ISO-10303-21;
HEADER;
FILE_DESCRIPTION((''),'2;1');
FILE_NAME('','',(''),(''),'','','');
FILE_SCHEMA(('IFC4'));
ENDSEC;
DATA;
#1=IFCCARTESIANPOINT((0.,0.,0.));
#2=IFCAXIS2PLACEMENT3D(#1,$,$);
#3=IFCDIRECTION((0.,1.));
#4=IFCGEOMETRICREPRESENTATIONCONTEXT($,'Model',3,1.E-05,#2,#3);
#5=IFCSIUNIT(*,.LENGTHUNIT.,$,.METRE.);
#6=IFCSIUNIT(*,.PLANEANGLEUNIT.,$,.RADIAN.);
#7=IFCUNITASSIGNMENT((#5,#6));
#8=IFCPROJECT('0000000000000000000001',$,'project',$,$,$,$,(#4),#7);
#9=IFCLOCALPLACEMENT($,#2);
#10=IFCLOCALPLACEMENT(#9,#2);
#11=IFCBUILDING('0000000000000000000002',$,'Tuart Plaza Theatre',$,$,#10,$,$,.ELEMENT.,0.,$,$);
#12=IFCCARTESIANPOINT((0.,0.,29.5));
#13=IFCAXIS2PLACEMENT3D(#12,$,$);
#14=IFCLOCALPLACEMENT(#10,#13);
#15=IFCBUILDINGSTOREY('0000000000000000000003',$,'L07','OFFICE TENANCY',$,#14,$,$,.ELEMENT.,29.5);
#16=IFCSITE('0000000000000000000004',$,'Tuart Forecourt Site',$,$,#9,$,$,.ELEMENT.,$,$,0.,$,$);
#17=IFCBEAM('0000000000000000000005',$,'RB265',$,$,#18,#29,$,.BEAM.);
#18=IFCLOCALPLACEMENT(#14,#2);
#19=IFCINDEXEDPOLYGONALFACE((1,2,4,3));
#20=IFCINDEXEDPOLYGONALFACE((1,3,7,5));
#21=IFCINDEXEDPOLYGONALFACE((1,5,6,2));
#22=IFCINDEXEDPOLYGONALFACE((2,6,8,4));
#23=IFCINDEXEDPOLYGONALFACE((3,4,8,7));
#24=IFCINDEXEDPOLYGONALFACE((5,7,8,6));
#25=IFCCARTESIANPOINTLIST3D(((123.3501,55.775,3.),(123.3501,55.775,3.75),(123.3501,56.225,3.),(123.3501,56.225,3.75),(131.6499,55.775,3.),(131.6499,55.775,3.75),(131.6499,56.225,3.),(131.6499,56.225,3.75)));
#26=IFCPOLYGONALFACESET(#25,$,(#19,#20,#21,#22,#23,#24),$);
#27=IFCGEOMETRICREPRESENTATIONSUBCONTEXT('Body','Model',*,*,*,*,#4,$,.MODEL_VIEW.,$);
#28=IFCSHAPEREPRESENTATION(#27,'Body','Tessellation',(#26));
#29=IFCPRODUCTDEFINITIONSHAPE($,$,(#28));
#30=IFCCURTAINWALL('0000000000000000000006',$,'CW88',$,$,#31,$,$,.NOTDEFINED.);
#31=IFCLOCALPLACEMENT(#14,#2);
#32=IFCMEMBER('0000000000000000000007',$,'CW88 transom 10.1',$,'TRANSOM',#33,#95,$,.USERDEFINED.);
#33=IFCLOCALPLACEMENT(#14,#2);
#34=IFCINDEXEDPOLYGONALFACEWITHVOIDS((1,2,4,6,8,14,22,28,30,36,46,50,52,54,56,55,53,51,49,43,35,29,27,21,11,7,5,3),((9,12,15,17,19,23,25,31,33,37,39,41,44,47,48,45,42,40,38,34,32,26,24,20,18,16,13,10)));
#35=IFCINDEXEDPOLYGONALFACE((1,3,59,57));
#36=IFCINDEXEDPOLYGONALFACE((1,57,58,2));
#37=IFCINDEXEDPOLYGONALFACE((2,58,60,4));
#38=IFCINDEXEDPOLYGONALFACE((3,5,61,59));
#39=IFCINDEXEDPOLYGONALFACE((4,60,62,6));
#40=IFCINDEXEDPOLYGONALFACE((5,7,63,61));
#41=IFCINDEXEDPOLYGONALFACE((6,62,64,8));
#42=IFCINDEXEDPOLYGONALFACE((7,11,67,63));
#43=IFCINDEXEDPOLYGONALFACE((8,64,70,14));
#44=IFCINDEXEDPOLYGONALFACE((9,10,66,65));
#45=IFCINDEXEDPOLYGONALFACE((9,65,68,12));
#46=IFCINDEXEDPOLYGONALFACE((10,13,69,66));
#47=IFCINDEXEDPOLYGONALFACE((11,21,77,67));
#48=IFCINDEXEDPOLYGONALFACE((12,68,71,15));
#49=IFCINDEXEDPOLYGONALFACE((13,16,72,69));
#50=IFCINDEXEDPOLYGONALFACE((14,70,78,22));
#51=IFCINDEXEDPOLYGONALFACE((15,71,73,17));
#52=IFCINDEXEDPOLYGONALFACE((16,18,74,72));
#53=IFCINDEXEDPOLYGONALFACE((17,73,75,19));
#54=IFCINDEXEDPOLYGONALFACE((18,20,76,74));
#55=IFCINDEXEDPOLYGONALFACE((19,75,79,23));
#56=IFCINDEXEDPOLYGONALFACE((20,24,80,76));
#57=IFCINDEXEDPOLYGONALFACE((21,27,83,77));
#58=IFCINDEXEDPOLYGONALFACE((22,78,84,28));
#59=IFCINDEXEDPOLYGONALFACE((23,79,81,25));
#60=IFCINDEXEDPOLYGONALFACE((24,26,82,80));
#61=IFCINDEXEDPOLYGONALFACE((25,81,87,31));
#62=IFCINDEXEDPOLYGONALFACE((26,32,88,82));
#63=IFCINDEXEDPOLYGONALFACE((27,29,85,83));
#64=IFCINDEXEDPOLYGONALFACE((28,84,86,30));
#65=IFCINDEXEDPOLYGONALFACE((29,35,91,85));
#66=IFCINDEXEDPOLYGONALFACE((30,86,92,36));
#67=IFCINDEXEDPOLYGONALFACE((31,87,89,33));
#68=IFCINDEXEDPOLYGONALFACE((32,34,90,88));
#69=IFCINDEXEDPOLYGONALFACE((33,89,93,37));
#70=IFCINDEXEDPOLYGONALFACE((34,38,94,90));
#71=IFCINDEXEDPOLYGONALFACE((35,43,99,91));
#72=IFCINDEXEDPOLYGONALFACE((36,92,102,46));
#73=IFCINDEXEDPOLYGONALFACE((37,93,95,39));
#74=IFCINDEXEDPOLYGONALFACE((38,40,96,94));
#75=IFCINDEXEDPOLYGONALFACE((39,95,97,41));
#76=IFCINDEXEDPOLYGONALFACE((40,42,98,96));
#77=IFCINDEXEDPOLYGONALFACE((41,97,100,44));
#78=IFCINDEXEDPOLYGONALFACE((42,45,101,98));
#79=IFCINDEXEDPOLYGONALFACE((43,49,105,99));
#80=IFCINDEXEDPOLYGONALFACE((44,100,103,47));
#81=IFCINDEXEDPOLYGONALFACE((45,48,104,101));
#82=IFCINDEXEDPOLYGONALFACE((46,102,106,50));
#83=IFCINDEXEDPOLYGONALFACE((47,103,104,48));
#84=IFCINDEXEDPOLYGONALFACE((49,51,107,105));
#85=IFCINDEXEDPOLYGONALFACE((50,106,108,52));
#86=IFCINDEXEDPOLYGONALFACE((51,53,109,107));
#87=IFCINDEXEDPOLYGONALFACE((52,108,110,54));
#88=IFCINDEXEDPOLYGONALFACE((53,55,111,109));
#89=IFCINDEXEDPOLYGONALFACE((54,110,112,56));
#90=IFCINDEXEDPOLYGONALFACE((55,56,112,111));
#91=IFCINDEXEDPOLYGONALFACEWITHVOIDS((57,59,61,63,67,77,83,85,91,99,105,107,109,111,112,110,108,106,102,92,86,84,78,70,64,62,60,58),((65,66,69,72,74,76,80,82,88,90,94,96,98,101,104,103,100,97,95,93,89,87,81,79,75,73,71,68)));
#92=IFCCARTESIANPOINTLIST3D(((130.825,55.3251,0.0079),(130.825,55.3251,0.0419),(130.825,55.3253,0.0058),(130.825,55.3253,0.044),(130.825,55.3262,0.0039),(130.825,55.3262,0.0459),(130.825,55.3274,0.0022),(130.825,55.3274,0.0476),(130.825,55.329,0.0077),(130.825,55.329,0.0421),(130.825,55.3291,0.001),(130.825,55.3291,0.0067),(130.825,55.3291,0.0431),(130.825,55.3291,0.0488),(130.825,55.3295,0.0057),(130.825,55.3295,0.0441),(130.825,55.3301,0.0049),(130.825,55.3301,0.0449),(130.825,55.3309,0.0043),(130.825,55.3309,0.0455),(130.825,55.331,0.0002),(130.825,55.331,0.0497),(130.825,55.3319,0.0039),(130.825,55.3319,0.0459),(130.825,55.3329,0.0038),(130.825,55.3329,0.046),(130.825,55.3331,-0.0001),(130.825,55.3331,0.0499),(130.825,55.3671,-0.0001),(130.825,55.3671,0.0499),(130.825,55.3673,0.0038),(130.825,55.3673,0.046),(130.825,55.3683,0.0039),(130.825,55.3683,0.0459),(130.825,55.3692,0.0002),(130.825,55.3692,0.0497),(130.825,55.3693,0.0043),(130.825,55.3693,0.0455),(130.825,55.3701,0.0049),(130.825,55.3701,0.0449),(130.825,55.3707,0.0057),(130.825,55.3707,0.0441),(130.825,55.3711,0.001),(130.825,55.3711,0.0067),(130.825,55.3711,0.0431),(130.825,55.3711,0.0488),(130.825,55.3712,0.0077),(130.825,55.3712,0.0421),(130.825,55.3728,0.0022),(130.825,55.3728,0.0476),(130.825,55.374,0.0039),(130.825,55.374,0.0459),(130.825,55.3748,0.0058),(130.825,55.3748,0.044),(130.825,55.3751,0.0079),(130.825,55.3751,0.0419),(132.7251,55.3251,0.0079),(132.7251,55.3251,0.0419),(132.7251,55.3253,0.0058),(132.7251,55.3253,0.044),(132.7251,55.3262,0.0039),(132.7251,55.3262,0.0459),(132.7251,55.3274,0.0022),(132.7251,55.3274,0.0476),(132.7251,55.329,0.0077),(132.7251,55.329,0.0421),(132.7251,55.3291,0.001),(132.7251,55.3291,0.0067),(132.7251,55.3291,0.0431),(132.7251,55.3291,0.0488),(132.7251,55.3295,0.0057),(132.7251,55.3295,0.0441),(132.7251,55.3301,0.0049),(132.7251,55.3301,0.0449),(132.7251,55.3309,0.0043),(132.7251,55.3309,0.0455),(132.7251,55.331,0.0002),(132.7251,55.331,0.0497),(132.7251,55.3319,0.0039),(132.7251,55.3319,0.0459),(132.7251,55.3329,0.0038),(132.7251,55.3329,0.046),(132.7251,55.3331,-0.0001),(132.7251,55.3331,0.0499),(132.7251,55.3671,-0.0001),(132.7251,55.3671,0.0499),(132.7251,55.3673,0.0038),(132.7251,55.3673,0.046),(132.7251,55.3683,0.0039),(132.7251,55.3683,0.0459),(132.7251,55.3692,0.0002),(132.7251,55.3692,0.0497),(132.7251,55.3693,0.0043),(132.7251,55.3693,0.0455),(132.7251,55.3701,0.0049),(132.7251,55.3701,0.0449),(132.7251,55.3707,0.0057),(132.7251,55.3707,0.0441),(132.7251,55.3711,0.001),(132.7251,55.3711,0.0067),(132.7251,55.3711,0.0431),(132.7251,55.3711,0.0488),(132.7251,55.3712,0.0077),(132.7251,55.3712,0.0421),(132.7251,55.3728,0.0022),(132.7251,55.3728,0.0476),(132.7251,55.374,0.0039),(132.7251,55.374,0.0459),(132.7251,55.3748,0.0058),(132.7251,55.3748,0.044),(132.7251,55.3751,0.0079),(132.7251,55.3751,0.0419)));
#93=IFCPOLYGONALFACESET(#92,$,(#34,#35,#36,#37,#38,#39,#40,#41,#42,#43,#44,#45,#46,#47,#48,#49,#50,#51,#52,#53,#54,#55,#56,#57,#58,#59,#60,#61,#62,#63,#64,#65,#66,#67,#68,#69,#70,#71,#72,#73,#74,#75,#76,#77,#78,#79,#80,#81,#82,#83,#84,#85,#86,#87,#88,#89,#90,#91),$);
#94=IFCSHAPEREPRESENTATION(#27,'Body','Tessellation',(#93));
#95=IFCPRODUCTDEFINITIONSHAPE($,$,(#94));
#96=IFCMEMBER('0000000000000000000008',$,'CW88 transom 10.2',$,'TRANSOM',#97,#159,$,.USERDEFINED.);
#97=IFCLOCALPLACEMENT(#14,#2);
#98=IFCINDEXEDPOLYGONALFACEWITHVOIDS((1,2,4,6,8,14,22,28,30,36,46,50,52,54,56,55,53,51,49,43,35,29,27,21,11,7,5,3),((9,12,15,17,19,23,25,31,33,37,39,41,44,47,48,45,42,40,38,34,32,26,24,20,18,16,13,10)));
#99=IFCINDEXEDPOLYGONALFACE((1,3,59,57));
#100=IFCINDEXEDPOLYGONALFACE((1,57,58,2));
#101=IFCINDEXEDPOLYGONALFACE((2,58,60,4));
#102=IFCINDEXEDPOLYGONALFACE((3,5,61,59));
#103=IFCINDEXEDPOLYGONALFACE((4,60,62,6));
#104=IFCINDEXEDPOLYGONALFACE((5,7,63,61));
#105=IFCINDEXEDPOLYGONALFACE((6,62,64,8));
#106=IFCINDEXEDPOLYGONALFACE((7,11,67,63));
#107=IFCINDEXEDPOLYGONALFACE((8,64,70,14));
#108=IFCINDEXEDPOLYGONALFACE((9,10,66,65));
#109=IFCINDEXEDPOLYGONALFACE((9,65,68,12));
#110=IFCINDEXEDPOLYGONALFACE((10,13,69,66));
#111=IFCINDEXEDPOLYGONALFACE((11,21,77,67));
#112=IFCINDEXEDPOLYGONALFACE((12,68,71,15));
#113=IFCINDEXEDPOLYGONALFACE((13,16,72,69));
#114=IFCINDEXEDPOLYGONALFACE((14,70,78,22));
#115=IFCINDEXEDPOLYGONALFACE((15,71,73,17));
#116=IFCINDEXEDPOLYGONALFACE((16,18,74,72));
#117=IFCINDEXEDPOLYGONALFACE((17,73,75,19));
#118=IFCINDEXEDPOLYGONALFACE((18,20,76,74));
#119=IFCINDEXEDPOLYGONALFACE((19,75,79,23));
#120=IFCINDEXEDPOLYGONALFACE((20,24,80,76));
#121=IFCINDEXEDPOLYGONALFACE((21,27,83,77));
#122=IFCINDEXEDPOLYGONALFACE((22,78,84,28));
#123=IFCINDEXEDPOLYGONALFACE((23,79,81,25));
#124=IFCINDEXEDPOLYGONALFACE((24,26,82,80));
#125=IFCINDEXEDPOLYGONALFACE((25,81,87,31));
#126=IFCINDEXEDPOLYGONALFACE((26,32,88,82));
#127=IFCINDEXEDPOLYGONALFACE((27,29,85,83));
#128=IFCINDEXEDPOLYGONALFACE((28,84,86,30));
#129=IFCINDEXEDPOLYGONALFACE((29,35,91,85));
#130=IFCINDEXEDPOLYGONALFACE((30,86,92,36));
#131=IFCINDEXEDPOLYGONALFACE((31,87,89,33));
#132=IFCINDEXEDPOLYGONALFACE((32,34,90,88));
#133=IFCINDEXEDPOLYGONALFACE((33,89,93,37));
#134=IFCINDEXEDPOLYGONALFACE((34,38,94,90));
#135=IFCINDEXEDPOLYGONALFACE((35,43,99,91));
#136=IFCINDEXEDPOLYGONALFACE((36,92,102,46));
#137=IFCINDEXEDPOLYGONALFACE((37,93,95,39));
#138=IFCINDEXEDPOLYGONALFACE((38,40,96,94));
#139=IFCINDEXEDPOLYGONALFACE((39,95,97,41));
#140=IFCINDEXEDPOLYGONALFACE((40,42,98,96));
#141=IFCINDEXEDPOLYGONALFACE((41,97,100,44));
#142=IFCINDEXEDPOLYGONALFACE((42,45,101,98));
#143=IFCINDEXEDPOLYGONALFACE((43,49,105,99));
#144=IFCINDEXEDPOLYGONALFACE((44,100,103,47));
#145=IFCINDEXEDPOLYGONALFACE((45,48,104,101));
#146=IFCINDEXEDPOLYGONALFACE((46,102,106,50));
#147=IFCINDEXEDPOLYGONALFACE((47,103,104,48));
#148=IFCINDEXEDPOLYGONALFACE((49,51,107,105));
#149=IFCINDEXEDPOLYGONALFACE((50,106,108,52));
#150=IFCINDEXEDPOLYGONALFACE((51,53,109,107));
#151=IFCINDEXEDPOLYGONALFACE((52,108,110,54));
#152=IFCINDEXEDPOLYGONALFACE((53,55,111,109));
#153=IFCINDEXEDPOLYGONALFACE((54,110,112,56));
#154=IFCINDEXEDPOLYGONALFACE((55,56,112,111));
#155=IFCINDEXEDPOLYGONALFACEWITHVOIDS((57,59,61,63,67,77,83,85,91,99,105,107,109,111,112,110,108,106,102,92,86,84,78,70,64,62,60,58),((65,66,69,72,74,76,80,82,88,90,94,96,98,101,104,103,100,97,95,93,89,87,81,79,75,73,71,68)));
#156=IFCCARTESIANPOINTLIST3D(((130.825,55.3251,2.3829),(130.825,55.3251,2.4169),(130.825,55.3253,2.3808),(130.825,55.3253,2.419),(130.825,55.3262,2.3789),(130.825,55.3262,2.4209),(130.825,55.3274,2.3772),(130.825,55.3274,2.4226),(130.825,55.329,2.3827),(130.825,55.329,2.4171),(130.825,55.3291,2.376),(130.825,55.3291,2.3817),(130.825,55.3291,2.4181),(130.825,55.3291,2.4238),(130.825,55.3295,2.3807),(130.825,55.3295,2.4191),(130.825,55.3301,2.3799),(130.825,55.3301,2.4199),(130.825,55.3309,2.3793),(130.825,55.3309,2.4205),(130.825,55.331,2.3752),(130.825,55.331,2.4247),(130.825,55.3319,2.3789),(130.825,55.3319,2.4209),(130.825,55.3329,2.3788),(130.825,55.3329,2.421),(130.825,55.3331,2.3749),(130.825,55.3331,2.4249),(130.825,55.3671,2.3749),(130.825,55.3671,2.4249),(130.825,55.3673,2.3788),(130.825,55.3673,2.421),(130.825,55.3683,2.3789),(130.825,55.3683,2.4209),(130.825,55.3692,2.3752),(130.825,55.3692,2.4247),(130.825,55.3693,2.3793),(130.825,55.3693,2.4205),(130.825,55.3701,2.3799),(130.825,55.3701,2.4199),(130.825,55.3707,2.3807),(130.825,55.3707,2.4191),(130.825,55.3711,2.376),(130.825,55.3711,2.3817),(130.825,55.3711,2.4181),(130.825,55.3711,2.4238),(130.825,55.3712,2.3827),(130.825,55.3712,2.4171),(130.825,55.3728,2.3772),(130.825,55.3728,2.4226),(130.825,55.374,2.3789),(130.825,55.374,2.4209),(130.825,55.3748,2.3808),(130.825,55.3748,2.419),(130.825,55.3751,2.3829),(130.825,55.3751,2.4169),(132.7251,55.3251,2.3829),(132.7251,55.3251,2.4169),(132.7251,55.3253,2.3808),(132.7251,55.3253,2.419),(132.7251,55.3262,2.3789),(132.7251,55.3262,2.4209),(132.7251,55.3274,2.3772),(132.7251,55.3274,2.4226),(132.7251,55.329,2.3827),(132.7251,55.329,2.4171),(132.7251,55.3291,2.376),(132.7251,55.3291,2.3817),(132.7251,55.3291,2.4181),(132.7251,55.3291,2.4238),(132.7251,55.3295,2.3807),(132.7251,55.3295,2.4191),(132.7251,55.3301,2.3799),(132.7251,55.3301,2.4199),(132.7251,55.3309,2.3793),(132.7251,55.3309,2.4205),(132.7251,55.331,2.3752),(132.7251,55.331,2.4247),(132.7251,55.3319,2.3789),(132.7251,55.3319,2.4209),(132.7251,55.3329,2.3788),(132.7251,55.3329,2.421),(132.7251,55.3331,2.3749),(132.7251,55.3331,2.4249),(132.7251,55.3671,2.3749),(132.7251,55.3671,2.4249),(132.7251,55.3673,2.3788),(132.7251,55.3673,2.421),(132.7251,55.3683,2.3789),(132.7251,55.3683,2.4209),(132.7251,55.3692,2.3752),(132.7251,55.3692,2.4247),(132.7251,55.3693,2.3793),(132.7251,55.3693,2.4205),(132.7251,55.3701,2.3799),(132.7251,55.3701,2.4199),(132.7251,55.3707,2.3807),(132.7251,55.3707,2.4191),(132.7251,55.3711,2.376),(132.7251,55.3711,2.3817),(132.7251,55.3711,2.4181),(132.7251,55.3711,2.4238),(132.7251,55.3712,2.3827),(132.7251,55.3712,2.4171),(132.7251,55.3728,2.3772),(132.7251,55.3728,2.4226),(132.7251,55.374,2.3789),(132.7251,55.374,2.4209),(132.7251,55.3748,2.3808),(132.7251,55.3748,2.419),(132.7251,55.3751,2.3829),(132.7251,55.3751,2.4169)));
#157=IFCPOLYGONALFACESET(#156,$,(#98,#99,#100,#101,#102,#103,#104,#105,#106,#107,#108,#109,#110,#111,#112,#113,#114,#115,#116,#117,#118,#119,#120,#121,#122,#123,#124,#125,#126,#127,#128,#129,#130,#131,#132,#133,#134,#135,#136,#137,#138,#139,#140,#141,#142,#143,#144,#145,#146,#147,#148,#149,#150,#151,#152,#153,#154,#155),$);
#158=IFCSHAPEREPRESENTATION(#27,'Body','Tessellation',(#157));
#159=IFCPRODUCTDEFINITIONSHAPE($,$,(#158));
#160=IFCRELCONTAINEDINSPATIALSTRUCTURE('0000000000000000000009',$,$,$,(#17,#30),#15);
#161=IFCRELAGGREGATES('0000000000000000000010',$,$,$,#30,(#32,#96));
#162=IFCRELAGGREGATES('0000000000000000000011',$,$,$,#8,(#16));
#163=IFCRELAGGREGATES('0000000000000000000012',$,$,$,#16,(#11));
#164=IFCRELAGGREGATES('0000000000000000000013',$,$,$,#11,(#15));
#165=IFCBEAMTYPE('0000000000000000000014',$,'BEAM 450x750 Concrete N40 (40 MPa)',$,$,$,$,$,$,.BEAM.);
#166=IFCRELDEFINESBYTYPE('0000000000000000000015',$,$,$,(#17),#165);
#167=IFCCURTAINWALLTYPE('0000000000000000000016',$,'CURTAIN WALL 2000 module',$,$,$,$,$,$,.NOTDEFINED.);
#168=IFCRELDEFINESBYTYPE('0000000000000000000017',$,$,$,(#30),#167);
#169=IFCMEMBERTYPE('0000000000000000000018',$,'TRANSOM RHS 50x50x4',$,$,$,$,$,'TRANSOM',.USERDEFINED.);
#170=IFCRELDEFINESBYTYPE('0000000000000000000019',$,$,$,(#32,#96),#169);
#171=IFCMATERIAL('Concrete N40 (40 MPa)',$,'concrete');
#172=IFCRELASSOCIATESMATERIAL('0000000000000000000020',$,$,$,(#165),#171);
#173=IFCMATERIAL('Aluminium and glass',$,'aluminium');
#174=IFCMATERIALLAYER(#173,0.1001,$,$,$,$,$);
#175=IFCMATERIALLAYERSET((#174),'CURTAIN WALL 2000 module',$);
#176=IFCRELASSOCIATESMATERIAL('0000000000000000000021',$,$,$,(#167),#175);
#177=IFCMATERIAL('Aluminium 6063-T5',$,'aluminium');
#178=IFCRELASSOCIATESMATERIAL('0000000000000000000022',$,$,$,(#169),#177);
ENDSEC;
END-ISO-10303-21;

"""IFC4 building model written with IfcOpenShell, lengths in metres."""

from ifc_helpers import new_model, si_unit, direction, frame, origin, origin_2d, place, context, subcontext, project, spatial, rectangle, hollow_rectangle, extrude, material, layer, layer_set, material_profile, profile_set, type_object, element, aggregate, save


model = new_model("IFC4")

# Units and contexts
model_context = context("Model", 3, precision=1e-05, world=origin(), true_north=direction((0.0, 1.0)))
body_context = subcontext(model_context, "Body", "Model", "MODEL_VIEW")
ifc_project = project(units=[si_unit("LENGTHUNIT", "METRE"), si_unit("PLANEANGLEUNIT", "RADIAN")], contexts=[model_context])

# Site, building, storey
site_placement = place(None, origin())
site = spatial("IfcSite", under=ifc_project, at=site_placement, Name="Tuart Forecourt Site", CompositionType="ELEMENT", RefElevation=0.0)
building_placement = place(site_placement, origin())
building = spatial("IfcBuilding", under=site, at=building_placement, Name="Tuart Plaza Theatre", CompositionType="ELEMENT", ElevationOfRefHeight=0.0)
storey_placement = place(building_placement, frame((0.0, 0.0, 29.5)))
storey = spatial("IfcBuildingStorey", under=building, at=storey_placement, Name="L07", Description="OFFICE TENANCY", CompositionType="ELEMENT", Elevation=29.5)

# Beam
ifc_material_1 = material(Name="Concrete N40 (40 MPa)", Category="concrete")
ifc_material_profile_1 = material_profile(ifc_material_1, rectangle(XDim=0.45, YDim=0.75, at=origin_2d()), Name="BEAM 450x750 Concrete N40 (40 MPa)")
ifc_profile_set_1 = profile_set([ifc_material_profile_1], Name="Concrete N40 (40 MPa)")
beam_type = type_object("IfcBeamType", Name="BEAM 450x750 Concrete N40 (40 MPa)", PredefinedType="BEAM", material=ifc_profile_set_1)
beam_placement = place(storey_placement, frame((123.3501, 56.0, 3.375), z_axis=(1.0, 0.0, 0.0), x_axis=(0.0, 1.0, 0.0)))
element("IfcBeam", 1, at=beam_placement, inside=storey, type_object=beam_type, Name="RB265", PredefinedType="BEAM", context=body_context, shape_type="SweptSolid", body=[
    extrude(rectangle(XDim=0.45, YDim=0.75, at=origin_2d()), origin(), (0.0, 0.0, 1.0), 8.2998),
])

# Curtain wall, members
ifc_material_2 = material(Name="Aluminium and glass", Category="aluminium")
ifc_layer_1 = layer(ifc_material_2, 0.1001)
ifc_layer_set_1 = layer_set([ifc_layer_1], Name="CURTAIN WALL 2000 module")
curtain_wall_type = type_object("IfcCurtainWallType", Name="CURTAIN WALL 2000 module", PredefinedType="NOTDEFINED", material=ifc_layer_set_1)
curtain_wall_placement = place(storey_placement, origin())
curtain_wall = element("IfcCurtainWall", 2, at=curtain_wall_placement, inside=storey, type_object=curtain_wall_type, Name="CW88", PredefinedType="NOTDEFINED")
ifc_material_3 = material(Name="Aluminium 6063-T5", Category="aluminium")
ifc_material_profile_2 = material_profile(ifc_material_3, hollow_rectangle(XDim=0.05, YDim=0.05, WallThickness=0.0039, InnerFilletRadius=0.0039, OuterFilletRadius=0.0081, at=origin_2d()), Name="RHS 50x50x4")
ifc_profile_set_2 = profile_set([ifc_material_profile_2], Name="Aluminium 6063-T5")
member_type = type_object("IfcMemberType", Name="TRANSOM RHS 50x50x4", ElementType="TRANSOM", PredefinedType="USERDEFINED", material=ifc_profile_set_2)
member_1_placement = place(storey_placement, frame((130.825, 55.3501, 0.0249), z_axis=(1.0, 0.0, 0.0), x_axis=(0.0, 1.0, 0.0)))
member_1 = element("IfcMember", 3, at=member_1_placement, type_object=member_type, Name="CW88 transom 10.1", ObjectType="TRANSOM", PredefinedType="USERDEFINED", context=body_context, shape_type="SweptSolid", body=[
    extrude(hollow_rectangle(XDim=0.05, YDim=0.05, WallThickness=0.0039, InnerFilletRadius=0.0039, OuterFilletRadius=0.0081, at=origin_2d()), origin(), (0.0, 0.0, 1.0), 1.9001),
])
member_2_placement = place(storey_placement, frame((130.825, 55.3501, 2.3999), z_axis=(1.0, 0.0, 0.0), x_axis=(0.0, 1.0, 0.0)))
member_2 = element("IfcMember", 4, at=member_2_placement, type_object=member_type, Name="CW88 transom 10.2", ObjectType="TRANSOM", PredefinedType="USERDEFINED", context=body_context, shape_type="SweptSolid", body=[
    extrude(hollow_rectangle(XDim=0.05, YDim=0.05, WallThickness=0.0039, InnerFilletRadius=0.0039, OuterFilletRadius=0.0081, at=origin_2d()), origin(), (0.0, 0.0, 1.0), 1.9001),
])
aggregate(curtain_wall, [member_1, member_2])

save(model, "model.ifc")
